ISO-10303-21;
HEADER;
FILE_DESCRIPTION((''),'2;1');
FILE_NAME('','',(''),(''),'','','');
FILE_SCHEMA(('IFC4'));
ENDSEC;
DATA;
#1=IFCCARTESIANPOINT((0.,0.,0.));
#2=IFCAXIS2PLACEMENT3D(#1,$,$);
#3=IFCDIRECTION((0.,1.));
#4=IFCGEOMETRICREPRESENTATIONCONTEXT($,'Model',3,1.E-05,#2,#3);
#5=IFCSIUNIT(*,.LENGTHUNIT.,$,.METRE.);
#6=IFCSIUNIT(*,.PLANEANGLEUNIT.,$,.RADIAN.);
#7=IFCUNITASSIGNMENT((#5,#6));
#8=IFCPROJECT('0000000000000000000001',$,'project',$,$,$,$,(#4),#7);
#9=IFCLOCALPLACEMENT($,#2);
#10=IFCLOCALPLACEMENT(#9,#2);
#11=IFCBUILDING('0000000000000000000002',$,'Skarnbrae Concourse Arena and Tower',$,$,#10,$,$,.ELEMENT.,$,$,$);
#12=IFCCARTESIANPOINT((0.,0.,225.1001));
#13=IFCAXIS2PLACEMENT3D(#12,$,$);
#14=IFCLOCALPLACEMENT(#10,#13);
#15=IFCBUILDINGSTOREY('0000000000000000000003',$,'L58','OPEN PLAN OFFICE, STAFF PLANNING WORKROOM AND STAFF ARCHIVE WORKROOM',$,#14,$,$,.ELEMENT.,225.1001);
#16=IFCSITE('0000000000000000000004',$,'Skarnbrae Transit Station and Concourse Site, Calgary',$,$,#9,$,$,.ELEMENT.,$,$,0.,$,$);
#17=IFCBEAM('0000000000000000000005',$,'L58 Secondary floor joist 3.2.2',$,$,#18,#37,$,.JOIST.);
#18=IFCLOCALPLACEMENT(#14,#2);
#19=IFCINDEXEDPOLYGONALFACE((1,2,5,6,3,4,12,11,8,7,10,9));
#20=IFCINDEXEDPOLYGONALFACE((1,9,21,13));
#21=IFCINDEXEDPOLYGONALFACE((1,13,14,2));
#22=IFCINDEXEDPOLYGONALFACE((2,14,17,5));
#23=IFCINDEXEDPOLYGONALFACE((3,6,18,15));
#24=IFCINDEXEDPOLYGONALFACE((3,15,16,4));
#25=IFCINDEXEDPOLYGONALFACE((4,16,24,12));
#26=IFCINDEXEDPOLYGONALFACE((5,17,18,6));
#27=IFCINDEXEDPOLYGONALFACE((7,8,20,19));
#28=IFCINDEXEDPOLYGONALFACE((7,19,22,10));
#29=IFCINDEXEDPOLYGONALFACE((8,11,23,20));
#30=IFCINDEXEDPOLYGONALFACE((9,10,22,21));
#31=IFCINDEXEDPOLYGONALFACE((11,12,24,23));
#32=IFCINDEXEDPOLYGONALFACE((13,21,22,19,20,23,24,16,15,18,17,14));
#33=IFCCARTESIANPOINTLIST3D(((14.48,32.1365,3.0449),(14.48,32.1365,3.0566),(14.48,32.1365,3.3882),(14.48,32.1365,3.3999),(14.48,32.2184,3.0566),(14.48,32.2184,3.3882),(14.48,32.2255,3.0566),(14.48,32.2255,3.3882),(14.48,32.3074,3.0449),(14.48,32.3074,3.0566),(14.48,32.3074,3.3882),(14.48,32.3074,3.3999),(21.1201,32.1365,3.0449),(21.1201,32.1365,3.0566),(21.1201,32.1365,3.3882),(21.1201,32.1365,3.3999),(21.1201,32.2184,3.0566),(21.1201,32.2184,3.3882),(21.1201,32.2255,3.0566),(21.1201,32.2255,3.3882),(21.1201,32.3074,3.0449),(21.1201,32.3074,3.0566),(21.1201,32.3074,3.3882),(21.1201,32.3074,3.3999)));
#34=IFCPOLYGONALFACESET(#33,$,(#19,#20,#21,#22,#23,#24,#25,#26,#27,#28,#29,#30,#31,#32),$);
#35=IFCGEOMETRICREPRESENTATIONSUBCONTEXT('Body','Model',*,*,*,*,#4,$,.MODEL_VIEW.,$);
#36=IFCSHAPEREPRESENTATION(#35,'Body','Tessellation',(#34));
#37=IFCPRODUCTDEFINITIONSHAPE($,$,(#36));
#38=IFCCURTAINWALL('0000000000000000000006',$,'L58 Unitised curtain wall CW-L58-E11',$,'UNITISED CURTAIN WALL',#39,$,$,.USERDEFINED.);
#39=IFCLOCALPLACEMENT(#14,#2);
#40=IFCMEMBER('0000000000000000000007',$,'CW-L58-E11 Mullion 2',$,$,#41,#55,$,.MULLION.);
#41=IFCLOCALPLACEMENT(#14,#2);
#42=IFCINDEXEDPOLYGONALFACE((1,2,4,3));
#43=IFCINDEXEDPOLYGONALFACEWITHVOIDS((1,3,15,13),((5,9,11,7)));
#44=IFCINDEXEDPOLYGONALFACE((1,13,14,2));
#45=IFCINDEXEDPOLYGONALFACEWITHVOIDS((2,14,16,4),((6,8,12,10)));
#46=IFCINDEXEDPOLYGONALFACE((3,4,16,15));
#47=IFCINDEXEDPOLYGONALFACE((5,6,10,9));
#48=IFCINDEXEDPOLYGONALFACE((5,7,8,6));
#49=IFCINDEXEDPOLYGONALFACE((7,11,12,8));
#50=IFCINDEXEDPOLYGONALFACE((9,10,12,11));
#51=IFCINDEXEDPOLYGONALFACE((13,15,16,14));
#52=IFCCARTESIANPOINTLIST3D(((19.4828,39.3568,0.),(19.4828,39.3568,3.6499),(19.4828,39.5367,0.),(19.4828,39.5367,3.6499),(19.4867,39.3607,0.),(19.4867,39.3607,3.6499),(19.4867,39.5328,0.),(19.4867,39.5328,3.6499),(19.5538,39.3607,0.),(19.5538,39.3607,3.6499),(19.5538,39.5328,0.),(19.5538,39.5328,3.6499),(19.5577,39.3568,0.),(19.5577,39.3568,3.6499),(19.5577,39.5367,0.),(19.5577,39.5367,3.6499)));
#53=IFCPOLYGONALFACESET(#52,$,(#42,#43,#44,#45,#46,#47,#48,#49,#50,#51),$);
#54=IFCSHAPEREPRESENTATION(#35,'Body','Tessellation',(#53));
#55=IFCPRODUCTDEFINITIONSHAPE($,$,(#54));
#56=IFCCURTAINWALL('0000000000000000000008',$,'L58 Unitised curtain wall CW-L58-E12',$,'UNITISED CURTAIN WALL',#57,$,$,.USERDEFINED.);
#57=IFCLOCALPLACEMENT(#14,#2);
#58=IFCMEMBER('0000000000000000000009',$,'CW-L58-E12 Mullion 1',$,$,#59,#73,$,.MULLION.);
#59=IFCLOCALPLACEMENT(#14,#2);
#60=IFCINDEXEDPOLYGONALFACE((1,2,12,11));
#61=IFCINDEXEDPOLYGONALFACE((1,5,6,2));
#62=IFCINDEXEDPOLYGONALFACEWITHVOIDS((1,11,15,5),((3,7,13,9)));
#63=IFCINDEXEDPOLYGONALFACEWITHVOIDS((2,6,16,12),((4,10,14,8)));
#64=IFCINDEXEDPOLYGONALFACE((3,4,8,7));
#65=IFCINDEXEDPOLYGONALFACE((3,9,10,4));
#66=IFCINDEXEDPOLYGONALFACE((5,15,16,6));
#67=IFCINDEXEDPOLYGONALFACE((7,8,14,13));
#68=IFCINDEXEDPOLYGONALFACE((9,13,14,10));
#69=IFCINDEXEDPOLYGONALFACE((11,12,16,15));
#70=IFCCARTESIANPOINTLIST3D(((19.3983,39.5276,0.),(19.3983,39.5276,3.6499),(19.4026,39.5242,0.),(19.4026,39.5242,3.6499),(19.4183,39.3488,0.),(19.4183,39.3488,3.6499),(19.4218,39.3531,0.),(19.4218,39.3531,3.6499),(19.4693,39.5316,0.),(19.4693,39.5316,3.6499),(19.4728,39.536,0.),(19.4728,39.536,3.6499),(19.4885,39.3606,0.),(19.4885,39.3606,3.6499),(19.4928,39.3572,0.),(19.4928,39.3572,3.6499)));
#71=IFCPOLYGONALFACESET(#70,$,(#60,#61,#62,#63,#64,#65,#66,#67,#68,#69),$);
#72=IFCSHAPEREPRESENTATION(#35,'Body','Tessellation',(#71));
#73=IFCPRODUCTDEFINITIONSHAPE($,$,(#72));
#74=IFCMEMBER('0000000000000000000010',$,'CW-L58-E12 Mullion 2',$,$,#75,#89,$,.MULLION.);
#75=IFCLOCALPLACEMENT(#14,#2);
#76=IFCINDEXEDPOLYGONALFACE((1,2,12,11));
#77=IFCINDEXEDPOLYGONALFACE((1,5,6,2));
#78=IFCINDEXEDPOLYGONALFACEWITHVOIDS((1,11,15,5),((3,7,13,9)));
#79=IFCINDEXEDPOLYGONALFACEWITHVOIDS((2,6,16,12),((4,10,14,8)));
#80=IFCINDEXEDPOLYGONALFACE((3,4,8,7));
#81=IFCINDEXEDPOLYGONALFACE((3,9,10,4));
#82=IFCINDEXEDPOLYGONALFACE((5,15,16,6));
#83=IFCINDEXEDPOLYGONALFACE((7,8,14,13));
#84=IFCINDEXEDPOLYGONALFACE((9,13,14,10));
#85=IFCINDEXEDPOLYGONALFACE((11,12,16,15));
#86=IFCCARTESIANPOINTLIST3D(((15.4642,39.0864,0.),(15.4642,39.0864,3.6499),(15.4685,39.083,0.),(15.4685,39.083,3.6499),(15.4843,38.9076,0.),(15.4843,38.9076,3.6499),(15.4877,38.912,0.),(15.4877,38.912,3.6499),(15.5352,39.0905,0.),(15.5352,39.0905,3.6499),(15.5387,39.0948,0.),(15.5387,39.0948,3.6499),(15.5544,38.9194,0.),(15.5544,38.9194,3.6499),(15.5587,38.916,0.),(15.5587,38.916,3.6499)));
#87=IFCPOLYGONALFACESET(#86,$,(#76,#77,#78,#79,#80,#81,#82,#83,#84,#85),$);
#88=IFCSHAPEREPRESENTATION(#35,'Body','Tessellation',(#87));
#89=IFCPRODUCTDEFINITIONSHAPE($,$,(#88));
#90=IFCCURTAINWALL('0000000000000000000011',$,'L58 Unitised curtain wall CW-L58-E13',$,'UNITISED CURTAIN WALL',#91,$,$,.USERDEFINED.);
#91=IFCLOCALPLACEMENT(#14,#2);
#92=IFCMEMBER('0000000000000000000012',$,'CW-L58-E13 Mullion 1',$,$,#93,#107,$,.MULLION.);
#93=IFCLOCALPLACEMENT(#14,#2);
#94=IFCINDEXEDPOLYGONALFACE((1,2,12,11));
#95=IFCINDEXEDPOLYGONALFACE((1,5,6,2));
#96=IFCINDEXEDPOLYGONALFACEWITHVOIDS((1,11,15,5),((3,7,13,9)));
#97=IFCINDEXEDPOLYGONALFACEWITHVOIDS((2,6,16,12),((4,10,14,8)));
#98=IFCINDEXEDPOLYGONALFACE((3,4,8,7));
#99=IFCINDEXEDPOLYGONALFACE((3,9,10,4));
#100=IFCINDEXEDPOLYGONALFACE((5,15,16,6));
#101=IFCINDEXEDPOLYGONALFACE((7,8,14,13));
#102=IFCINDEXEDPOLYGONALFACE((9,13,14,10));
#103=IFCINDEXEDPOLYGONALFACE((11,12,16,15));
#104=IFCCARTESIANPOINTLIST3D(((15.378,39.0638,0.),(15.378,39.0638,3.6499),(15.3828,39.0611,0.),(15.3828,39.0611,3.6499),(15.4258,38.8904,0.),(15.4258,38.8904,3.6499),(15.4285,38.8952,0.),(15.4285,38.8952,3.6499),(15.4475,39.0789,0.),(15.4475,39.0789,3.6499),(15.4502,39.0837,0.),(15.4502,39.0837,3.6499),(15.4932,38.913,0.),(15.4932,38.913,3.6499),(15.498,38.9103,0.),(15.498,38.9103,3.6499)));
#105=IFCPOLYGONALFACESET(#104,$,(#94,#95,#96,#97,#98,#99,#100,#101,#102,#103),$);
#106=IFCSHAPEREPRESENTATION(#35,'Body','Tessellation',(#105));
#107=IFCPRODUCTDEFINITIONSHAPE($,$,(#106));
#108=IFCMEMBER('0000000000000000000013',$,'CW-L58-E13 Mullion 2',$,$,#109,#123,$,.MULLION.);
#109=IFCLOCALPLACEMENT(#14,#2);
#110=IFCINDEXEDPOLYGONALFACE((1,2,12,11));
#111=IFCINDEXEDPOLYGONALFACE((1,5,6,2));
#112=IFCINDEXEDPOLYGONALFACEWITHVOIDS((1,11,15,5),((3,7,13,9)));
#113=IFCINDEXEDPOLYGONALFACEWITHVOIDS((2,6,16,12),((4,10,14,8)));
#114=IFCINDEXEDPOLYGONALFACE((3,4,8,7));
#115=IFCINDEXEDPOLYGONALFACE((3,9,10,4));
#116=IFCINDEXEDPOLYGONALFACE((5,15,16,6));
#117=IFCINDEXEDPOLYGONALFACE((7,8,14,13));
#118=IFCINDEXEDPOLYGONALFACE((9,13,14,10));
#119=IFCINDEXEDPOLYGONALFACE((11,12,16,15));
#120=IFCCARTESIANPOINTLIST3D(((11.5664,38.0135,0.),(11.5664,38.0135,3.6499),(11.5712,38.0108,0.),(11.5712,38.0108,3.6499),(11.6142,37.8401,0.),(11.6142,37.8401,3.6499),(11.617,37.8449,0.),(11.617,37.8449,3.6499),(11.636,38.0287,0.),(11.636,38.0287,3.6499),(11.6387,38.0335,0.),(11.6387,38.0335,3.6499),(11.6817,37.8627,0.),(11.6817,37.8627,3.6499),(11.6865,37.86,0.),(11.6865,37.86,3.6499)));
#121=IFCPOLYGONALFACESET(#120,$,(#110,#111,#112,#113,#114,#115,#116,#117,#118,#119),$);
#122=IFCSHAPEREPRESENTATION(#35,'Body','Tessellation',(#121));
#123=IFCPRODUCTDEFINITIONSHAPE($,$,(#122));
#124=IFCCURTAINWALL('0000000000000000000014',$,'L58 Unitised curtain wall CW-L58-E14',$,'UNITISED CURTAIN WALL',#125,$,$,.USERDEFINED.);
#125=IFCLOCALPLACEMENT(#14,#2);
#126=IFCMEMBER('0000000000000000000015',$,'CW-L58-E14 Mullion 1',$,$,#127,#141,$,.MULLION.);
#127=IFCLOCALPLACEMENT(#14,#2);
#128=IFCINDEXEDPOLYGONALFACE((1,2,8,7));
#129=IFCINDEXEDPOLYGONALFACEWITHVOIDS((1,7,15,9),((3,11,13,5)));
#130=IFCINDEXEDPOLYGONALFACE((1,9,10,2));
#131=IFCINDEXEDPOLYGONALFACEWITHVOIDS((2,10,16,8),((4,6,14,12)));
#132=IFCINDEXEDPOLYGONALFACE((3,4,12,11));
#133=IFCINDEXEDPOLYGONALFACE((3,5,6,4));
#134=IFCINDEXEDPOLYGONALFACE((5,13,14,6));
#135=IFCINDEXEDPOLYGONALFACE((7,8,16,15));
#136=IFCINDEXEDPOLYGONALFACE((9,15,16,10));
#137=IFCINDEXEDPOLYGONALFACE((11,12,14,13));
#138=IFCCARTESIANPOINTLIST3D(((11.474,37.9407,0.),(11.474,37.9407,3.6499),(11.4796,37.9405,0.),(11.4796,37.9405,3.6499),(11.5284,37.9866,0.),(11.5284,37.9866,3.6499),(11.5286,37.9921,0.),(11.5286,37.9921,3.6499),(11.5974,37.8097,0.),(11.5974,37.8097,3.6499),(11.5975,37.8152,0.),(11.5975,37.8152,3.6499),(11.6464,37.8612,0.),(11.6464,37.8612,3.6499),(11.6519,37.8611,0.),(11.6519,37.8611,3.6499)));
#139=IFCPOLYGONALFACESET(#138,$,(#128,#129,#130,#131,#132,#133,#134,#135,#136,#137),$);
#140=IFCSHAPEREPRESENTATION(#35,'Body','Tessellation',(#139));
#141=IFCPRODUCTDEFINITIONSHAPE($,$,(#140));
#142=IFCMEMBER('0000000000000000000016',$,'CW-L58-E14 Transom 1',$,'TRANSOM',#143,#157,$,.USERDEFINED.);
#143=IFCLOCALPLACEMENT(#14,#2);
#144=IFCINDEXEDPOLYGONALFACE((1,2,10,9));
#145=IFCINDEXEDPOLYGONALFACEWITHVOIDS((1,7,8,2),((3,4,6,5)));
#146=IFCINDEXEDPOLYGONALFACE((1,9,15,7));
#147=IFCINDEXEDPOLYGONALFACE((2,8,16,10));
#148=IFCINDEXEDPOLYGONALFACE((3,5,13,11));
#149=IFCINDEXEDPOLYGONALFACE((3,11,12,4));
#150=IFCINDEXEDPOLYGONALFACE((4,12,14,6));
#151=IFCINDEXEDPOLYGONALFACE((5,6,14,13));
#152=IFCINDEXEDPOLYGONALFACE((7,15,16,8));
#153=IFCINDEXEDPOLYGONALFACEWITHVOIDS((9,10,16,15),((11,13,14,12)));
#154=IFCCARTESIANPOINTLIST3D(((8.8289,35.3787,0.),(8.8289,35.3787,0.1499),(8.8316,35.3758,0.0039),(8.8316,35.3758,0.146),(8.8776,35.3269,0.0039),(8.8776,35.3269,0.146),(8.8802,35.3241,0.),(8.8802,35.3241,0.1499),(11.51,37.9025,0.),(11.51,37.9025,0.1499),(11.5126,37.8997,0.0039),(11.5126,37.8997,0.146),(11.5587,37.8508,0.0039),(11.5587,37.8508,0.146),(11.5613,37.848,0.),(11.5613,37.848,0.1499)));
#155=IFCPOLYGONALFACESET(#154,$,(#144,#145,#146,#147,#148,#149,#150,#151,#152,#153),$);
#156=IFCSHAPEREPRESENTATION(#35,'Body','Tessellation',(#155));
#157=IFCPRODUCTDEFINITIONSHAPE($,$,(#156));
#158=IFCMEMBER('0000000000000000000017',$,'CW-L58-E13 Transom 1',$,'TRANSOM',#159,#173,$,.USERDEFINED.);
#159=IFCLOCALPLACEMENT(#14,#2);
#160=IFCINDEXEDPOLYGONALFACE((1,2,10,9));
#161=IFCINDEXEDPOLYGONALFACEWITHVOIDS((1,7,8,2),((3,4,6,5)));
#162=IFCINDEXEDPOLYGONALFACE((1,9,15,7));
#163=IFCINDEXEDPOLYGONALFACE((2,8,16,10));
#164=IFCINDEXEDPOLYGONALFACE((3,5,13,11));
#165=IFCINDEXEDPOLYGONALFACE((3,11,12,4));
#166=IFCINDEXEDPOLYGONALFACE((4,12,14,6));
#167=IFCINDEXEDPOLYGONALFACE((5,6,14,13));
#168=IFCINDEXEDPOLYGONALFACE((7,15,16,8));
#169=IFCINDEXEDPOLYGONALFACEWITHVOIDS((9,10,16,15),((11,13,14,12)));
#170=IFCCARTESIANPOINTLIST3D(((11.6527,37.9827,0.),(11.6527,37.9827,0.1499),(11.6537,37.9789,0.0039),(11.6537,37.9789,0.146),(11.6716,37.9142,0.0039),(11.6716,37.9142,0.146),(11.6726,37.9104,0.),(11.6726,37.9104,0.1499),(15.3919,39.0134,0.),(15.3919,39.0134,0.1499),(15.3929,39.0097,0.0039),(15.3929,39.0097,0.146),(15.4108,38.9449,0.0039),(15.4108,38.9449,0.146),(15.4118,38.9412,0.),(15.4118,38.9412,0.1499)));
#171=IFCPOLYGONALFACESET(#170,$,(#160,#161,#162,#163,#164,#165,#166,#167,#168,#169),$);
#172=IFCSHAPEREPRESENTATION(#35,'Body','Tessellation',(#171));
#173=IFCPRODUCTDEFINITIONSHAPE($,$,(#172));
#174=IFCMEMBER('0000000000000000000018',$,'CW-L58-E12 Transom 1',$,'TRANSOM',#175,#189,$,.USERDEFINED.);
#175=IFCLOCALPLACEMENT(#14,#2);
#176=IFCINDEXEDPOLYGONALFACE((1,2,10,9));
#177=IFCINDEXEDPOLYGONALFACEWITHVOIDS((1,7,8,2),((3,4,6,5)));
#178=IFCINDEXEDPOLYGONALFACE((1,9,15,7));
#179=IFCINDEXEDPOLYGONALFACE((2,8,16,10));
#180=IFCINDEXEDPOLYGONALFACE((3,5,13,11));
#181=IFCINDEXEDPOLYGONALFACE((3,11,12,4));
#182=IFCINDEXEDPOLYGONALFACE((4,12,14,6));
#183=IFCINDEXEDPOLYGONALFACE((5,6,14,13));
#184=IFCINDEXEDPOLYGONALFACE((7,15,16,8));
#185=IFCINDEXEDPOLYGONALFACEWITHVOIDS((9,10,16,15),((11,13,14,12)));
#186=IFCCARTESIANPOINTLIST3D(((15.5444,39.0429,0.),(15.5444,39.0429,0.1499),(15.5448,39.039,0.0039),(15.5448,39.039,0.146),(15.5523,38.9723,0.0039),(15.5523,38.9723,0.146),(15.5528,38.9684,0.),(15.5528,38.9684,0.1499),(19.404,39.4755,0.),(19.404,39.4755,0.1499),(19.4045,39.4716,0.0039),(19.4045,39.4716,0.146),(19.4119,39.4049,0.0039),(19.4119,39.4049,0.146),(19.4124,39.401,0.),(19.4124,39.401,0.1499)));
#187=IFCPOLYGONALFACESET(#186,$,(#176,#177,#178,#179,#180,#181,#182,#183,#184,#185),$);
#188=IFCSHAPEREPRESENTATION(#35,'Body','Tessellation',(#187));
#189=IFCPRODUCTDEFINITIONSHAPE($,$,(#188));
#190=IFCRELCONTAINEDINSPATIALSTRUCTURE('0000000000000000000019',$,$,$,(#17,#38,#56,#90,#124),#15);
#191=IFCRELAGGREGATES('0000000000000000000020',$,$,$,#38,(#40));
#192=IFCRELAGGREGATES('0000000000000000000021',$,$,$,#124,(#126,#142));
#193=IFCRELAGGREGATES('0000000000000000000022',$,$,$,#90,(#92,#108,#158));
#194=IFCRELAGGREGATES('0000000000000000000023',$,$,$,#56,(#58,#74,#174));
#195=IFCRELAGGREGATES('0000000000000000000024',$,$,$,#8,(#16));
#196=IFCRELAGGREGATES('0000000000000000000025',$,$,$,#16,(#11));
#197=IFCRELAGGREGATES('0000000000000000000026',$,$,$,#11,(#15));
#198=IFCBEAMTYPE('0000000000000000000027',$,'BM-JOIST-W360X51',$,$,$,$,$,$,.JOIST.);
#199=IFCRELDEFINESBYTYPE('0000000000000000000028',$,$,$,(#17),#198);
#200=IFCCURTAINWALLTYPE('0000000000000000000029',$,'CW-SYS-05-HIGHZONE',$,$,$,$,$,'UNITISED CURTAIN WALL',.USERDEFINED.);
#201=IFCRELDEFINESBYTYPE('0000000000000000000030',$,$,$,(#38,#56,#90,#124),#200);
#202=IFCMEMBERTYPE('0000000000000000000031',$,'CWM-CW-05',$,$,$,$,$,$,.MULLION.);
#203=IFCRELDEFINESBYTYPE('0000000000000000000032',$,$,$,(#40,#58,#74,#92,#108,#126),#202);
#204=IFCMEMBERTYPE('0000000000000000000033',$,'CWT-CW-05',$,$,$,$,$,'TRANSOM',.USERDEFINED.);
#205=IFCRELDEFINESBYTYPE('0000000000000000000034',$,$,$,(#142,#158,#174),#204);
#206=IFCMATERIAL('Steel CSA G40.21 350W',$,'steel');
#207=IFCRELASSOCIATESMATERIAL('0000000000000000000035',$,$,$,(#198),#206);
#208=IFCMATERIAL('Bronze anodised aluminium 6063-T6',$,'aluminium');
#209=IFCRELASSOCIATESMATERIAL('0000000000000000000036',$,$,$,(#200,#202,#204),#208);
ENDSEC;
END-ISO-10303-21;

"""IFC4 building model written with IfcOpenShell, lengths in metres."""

from ifc_helpers import new_model, si_unit, direction, frame, origin, origin_2d, place, context, subcontext, project, spatial, hollow_rectangle, i_section, extrude, source, transform, mapped, material, material_profile, profile_set, type_object, element, aggregate, save


model = new_model("IFC4")

# Units and contexts
model_context = context("Model", 3, precision=1e-05, world=origin(), true_north=direction((0.0, 1.0)))
body_context = subcontext(model_context, "Body", "Model", "MODEL_VIEW")
ifc_project = project(units=[si_unit("LENGTHUNIT", "METRE"), si_unit("PLANEANGLEUNIT", "RADIAN")], contexts=[model_context])

# Site, building, storey
site_placement = place(None, origin())
site = spatial("IfcSite", under=ifc_project, at=site_placement, Name="Skarnbrae Transit Station and Concourse Site, Calgary", CompositionType="ELEMENT", RefElevation=0.0)
building_placement = place(site_placement, origin())
building = spatial("IfcBuilding", under=site, at=building_placement, Name="Skarnbrae Concourse Arena and Tower", CompositionType="ELEMENT")
storey_placement = place(building_placement, frame((0.0, 0.0, 225.1001)))
storey = spatial("IfcBuildingStorey", under=building, at=storey_placement, Name="L58", Description="OPEN PLAN OFFICE, STAFF PLANNING WORKROOM AND STAFF ARCHIVE WORKROOM", CompositionType="ELEMENT", Elevation=225.1001)

# Shared definitions
ifc_material_1 = material(Name="Steel CSA G40.21 350W", Category="steel")

# Beam
ifc_material_profile_1 = material_profile(ifc_material_1, i_section(OverallWidth=0.1709, OverallDepth=0.355, WebThickness=0.0071, FlangeThickness=0.0117, at=origin_2d()), Name="W360X51")
ifc_profile_set_1 = profile_set([ifc_material_profile_1], Name="Steel CSA G40.21 350W")
beam_type_1 = type_object("IfcBeamType", Name="BM-JOIST-W360X51", PredefinedType="JOIST", material=ifc_profile_set_1)
shared_shape_1 = source(origin(), body_context, "Body", "SweptSolid", [
    extrude(i_section(OverallWidth=0.1709, OverallDepth=0.355, WebThickness=0.0071, FlangeThickness=0.0117, at=origin_2d()), origin(), (0.0, 0.0, 1.0), 6.6401),
])
for number, where, z_axis, x_axis, name in (
    (1, (14.48, 32.2219, 3.2224), (1.0, 0.0, 0.0), (0.0, 1.0, 0.0), "L58 Secondary floor joist 3.2.2"),
):
    element("IfcBeam", number, at=place(storey_placement, frame(where, z_axis=z_axis, x_axis=x_axis)), inside=storey, type_object=beam_type_1, Name=name, PredefinedType="JOIST", context=body_context, shape_type="MappedRepresentation", body=[
        mapped(shared_shape_1, transform((0.0, 0.0, 0.0))),
    ])

# Curtain wall, member
ifc_material_2 = material(Name="Bronze anodised aluminium 6063-T6", Category="aluminium")
curtain_wall_type = type_object("IfcCurtainWallType", Name="CW-SYS-05-HIGHZONE", ElementType="UNITISED CURTAIN WALL", PredefinedType="USERDEFINED", material=ifc_material_2)
curtain_wall_1_placement = place(storey_placement, origin())
curtain_wall_1 = element("IfcCurtainWall", 2, at=curtain_wall_1_placement, inside=storey, type_object=curtain_wall_type, Name="L58 Unitised curtain wall CW-L58-E11", ObjectType="UNITISED CURTAIN WALL", PredefinedType="USERDEFINED")
ifc_material_profile_2 = material_profile(ifc_material_2, hollow_rectangle(XDim=0.075, YDim=0.1799, WallThickness=0.0039, at=origin_2d()), Name="ALU-MULL-75X180")
ifc_profile_set_2 = profile_set([ifc_material_profile_2], Name="Bronze anodised aluminium 6063-T6")
member_type_1 = type_object("IfcMemberType", Name="CWM-CW-05", PredefinedType="MULLION", material=ifc_profile_set_2)
shared_shape_2 = source(origin(), body_context, "Body", "SweptSolid", [
    extrude(hollow_rectangle(XDim=0.075, YDim=0.1799, WallThickness=0.0039, at=origin_2d()), origin(), (0.0, 0.0, 1.0), 3.6499),
])
member_1_placement = place(storey_placement, frame((19.5203, 39.4468, 0.0), z_axis=(0.0, 0.0, 1.0), x_axis=(-1.0, 0.0, 0.0)))
member_1 = element("IfcMember", 3, at=member_1_placement, type_object=member_type_1, Name="CW-L58-E11 Mullion 2", PredefinedType="MULLION", context=body_context, shape_type="MappedRepresentation", body=[
    mapped(shared_shape_2, transform((0.0, 0.0, 0.0))),
])
aggregate(curtain_wall_1, [member_1])

# Curtain walls, members
curtain_wall_2_placement = place(storey_placement, origin())
curtain_wall_2 = element("IfcCurtainWall", 4, at=curtain_wall_2_placement, inside=storey, type_object=curtain_wall_type, Name="L58 Unitised curtain wall CW-L58-E12", ObjectType="UNITISED CURTAIN WALL", PredefinedType="USERDEFINED")
member_2_placement = place(storey_placement, frame((19.4456, 39.4424, 0.0), z_axis=(0.0, 0.0, 1.0), x_axis=(-0.993769, -0.11146, 0.0)))
member_2 = element("IfcMember", 5, at=member_2_placement, type_object=member_type_1, Name="CW-L58-E12 Mullion 1", PredefinedType="MULLION", context=body_context, shape_type="MappedRepresentation", body=[
    mapped(shared_shape_2, transform((0.0, 0.0, 0.0))),
])
member_3_placement = place(storey_placement, frame((15.5115, 39.0012, 0.0), z_axis=(0.0, 0.0, 1.0), x_axis=(-0.993769, -0.11146, 0.0)))
member_3 = element("IfcMember", 6, at=member_3_placement, type_object=member_type_1, Name="CW-L58-E12 Mullion 2", PredefinedType="MULLION", context=body_context, shape_type="MappedRepresentation", body=[
    mapped(shared_shape_2, transform((0.0, 0.0, 0.0))),
])
curtain_wall_3_placement = place(storey_placement, origin())
curtain_wall_3 = element("IfcCurtainWall", 7, at=curtain_wall_3_placement, inside=storey, type_object=curtain_wall_type, Name="L58 Unitised curtain wall CW-L58-E13", ObjectType="UNITISED CURTAIN WALL", PredefinedType="USERDEFINED")
member_4_placement = place(storey_placement, frame((15.438, 38.9871, 0.0), z_axis=(0.0, 0.0, 1.0), x_axis=(-0.964057, -0.265694, 0.0)))
member_4 = element("IfcMember", 8, at=member_4_placement, type_object=member_type_1, Name="CW-L58-E13 Mullion 1", PredefinedType="MULLION", context=body_context, shape_type="MappedRepresentation", body=[
    mapped(shared_shape_2, transform((0.0, 0.0, 0.0))),
])
member_5_placement = place(storey_placement, frame((11.6265, 37.9368, 0.0), z_axis=(0.0, 0.0, 1.0), x_axis=(-0.964057, -0.265694, 0.0)))
member_5 = element("IfcMember", 9, at=member_5_placement, type_object=member_type_1, Name="CW-L58-E13 Mullion 2", PredefinedType="MULLION", context=body_context, shape_type="MappedRepresentation", body=[
    mapped(shared_shape_2, transform((0.0, 0.0, 0.0))),
])
curtain_wall_4_placement = place(storey_placement, origin())
curtain_wall_4 = element("IfcCurtainWall", 10, at=curtain_wall_4_placement, inside=storey, type_object=curtain_wall_type, Name="L58 Unitised curtain wall CW-L58-E14", ObjectType="UNITISED CURTAIN WALL", PredefinedType="USERDEFINED")
member_6_placement = place(storey_placement, frame((11.563, 37.9009, 0.0), z_axis=(0.0, 0.0, 1.0), x_axis=(-0.728131, -0.685438, 0.0)))
member_6 = element("IfcMember", 11, at=member_6_placement, type_object=member_type_1, Name="CW-L58-E14 Mullion 1", PredefinedType="MULLION", context=body_context, shape_type="MappedRepresentation", body=[
    mapped(shared_shape_2, transform((0.0, 0.0, 0.0))),
])
ifc_material_profile_3 = material_profile(ifc_material_2, hollow_rectangle(XDim=0.075, YDim=0.1499, WallThickness=0.0039, at=origin_2d()), Name="ALU-TRAN-75X150")
ifc_profile_set_3 = profile_set([ifc_material_profile_3], Name="Bronze anodised aluminium 6063-T6")
member_type_2 = type_object("IfcMemberType", Name="CWT-CW-05", ElementType="TRANSOM", PredefinedType="USERDEFINED", material=ifc_profile_set_3)
shared_shape_3 = source(origin(), body_context, "Body", "SweptSolid", [
    extrude(hollow_rectangle(XDim=0.075, YDim=0.1499, WallThickness=0.0039, at=origin_2d()), origin(), (0.0, 0.0, 1.0), 3.6821),
])
member_7_placement = place(storey_placement, frame((11.5356, 37.8752, 0.075), z_axis=(-0.728134, -0.685435, 0.0), x_axis=(0.685435, -0.728134, 0.0)))
member_7 = element("IfcMember", 12, at=member_7_placement, type_object=member_type_2, Name="CW-L58-E14 Transom 1", ObjectType="TRANSOM", PredefinedType="USERDEFINED", context=body_context, shape_type="MappedRepresentation", body=[
    mapped(shared_shape_3, transform((0.0, 0.0, 0.0))),
])
aggregate(curtain_wall_4, [member_6, member_7])

# Members
shared_shape_4 = source(origin(), body_context, "Body", "SweptSolid", [
    extrude(hollow_rectangle(XDim=0.075, YDim=0.1499, WallThickness=0.0039, at=origin_2d()), origin(), (0.0, 0.0, 1.0), 3.8787),
])
member_8_placement = place(storey_placement, frame((15.4019, 38.9773, 0.075), z_axis=(-0.964043, -0.265747, 0.0), x_axis=(0.265747, -0.964043, 0.0)))
member_8 = element("IfcMember", 13, at=member_8_placement, type_object=member_type_2, Name="CW-L58-E13 Transom 1", ObjectType="TRANSOM", PredefinedType="USERDEFINED", context=body_context, shape_type="MappedRepresentation", body=[
    mapped(shared_shape_4, transform((0.0, 0.0, 0.0))),
])
shared_shape_5 = source(origin(), body_context, "Body", "SweptSolid", [
    extrude(hollow_rectangle(XDim=0.075, YDim=0.1499, WallThickness=0.0039, at=origin_2d()), origin(), (0.0, 0.0, 1.0), 3.8838),
])
member_9_placement = place(storey_placement, frame((19.4082, 39.4382, 0.075), z_axis=(-0.993777, -0.11139, 0.0), x_axis=(0.11139, -0.993777, 0.0)))
member_9 = element("IfcMember", 14, at=member_9_placement, type_object=member_type_2, Name="CW-L58-E12 Transom 1", ObjectType="TRANSOM", PredefinedType="USERDEFINED", context=body_context, shape_type="MappedRepresentation", body=[
    mapped(shared_shape_5, transform((0.0, 0.0, 0.0))),
])

aggregate(curtain_wall_3, [member_4, member_5, member_8])
aggregate(curtain_wall_2, [member_2, member_3, member_9])

save(model, "model.ifc")
